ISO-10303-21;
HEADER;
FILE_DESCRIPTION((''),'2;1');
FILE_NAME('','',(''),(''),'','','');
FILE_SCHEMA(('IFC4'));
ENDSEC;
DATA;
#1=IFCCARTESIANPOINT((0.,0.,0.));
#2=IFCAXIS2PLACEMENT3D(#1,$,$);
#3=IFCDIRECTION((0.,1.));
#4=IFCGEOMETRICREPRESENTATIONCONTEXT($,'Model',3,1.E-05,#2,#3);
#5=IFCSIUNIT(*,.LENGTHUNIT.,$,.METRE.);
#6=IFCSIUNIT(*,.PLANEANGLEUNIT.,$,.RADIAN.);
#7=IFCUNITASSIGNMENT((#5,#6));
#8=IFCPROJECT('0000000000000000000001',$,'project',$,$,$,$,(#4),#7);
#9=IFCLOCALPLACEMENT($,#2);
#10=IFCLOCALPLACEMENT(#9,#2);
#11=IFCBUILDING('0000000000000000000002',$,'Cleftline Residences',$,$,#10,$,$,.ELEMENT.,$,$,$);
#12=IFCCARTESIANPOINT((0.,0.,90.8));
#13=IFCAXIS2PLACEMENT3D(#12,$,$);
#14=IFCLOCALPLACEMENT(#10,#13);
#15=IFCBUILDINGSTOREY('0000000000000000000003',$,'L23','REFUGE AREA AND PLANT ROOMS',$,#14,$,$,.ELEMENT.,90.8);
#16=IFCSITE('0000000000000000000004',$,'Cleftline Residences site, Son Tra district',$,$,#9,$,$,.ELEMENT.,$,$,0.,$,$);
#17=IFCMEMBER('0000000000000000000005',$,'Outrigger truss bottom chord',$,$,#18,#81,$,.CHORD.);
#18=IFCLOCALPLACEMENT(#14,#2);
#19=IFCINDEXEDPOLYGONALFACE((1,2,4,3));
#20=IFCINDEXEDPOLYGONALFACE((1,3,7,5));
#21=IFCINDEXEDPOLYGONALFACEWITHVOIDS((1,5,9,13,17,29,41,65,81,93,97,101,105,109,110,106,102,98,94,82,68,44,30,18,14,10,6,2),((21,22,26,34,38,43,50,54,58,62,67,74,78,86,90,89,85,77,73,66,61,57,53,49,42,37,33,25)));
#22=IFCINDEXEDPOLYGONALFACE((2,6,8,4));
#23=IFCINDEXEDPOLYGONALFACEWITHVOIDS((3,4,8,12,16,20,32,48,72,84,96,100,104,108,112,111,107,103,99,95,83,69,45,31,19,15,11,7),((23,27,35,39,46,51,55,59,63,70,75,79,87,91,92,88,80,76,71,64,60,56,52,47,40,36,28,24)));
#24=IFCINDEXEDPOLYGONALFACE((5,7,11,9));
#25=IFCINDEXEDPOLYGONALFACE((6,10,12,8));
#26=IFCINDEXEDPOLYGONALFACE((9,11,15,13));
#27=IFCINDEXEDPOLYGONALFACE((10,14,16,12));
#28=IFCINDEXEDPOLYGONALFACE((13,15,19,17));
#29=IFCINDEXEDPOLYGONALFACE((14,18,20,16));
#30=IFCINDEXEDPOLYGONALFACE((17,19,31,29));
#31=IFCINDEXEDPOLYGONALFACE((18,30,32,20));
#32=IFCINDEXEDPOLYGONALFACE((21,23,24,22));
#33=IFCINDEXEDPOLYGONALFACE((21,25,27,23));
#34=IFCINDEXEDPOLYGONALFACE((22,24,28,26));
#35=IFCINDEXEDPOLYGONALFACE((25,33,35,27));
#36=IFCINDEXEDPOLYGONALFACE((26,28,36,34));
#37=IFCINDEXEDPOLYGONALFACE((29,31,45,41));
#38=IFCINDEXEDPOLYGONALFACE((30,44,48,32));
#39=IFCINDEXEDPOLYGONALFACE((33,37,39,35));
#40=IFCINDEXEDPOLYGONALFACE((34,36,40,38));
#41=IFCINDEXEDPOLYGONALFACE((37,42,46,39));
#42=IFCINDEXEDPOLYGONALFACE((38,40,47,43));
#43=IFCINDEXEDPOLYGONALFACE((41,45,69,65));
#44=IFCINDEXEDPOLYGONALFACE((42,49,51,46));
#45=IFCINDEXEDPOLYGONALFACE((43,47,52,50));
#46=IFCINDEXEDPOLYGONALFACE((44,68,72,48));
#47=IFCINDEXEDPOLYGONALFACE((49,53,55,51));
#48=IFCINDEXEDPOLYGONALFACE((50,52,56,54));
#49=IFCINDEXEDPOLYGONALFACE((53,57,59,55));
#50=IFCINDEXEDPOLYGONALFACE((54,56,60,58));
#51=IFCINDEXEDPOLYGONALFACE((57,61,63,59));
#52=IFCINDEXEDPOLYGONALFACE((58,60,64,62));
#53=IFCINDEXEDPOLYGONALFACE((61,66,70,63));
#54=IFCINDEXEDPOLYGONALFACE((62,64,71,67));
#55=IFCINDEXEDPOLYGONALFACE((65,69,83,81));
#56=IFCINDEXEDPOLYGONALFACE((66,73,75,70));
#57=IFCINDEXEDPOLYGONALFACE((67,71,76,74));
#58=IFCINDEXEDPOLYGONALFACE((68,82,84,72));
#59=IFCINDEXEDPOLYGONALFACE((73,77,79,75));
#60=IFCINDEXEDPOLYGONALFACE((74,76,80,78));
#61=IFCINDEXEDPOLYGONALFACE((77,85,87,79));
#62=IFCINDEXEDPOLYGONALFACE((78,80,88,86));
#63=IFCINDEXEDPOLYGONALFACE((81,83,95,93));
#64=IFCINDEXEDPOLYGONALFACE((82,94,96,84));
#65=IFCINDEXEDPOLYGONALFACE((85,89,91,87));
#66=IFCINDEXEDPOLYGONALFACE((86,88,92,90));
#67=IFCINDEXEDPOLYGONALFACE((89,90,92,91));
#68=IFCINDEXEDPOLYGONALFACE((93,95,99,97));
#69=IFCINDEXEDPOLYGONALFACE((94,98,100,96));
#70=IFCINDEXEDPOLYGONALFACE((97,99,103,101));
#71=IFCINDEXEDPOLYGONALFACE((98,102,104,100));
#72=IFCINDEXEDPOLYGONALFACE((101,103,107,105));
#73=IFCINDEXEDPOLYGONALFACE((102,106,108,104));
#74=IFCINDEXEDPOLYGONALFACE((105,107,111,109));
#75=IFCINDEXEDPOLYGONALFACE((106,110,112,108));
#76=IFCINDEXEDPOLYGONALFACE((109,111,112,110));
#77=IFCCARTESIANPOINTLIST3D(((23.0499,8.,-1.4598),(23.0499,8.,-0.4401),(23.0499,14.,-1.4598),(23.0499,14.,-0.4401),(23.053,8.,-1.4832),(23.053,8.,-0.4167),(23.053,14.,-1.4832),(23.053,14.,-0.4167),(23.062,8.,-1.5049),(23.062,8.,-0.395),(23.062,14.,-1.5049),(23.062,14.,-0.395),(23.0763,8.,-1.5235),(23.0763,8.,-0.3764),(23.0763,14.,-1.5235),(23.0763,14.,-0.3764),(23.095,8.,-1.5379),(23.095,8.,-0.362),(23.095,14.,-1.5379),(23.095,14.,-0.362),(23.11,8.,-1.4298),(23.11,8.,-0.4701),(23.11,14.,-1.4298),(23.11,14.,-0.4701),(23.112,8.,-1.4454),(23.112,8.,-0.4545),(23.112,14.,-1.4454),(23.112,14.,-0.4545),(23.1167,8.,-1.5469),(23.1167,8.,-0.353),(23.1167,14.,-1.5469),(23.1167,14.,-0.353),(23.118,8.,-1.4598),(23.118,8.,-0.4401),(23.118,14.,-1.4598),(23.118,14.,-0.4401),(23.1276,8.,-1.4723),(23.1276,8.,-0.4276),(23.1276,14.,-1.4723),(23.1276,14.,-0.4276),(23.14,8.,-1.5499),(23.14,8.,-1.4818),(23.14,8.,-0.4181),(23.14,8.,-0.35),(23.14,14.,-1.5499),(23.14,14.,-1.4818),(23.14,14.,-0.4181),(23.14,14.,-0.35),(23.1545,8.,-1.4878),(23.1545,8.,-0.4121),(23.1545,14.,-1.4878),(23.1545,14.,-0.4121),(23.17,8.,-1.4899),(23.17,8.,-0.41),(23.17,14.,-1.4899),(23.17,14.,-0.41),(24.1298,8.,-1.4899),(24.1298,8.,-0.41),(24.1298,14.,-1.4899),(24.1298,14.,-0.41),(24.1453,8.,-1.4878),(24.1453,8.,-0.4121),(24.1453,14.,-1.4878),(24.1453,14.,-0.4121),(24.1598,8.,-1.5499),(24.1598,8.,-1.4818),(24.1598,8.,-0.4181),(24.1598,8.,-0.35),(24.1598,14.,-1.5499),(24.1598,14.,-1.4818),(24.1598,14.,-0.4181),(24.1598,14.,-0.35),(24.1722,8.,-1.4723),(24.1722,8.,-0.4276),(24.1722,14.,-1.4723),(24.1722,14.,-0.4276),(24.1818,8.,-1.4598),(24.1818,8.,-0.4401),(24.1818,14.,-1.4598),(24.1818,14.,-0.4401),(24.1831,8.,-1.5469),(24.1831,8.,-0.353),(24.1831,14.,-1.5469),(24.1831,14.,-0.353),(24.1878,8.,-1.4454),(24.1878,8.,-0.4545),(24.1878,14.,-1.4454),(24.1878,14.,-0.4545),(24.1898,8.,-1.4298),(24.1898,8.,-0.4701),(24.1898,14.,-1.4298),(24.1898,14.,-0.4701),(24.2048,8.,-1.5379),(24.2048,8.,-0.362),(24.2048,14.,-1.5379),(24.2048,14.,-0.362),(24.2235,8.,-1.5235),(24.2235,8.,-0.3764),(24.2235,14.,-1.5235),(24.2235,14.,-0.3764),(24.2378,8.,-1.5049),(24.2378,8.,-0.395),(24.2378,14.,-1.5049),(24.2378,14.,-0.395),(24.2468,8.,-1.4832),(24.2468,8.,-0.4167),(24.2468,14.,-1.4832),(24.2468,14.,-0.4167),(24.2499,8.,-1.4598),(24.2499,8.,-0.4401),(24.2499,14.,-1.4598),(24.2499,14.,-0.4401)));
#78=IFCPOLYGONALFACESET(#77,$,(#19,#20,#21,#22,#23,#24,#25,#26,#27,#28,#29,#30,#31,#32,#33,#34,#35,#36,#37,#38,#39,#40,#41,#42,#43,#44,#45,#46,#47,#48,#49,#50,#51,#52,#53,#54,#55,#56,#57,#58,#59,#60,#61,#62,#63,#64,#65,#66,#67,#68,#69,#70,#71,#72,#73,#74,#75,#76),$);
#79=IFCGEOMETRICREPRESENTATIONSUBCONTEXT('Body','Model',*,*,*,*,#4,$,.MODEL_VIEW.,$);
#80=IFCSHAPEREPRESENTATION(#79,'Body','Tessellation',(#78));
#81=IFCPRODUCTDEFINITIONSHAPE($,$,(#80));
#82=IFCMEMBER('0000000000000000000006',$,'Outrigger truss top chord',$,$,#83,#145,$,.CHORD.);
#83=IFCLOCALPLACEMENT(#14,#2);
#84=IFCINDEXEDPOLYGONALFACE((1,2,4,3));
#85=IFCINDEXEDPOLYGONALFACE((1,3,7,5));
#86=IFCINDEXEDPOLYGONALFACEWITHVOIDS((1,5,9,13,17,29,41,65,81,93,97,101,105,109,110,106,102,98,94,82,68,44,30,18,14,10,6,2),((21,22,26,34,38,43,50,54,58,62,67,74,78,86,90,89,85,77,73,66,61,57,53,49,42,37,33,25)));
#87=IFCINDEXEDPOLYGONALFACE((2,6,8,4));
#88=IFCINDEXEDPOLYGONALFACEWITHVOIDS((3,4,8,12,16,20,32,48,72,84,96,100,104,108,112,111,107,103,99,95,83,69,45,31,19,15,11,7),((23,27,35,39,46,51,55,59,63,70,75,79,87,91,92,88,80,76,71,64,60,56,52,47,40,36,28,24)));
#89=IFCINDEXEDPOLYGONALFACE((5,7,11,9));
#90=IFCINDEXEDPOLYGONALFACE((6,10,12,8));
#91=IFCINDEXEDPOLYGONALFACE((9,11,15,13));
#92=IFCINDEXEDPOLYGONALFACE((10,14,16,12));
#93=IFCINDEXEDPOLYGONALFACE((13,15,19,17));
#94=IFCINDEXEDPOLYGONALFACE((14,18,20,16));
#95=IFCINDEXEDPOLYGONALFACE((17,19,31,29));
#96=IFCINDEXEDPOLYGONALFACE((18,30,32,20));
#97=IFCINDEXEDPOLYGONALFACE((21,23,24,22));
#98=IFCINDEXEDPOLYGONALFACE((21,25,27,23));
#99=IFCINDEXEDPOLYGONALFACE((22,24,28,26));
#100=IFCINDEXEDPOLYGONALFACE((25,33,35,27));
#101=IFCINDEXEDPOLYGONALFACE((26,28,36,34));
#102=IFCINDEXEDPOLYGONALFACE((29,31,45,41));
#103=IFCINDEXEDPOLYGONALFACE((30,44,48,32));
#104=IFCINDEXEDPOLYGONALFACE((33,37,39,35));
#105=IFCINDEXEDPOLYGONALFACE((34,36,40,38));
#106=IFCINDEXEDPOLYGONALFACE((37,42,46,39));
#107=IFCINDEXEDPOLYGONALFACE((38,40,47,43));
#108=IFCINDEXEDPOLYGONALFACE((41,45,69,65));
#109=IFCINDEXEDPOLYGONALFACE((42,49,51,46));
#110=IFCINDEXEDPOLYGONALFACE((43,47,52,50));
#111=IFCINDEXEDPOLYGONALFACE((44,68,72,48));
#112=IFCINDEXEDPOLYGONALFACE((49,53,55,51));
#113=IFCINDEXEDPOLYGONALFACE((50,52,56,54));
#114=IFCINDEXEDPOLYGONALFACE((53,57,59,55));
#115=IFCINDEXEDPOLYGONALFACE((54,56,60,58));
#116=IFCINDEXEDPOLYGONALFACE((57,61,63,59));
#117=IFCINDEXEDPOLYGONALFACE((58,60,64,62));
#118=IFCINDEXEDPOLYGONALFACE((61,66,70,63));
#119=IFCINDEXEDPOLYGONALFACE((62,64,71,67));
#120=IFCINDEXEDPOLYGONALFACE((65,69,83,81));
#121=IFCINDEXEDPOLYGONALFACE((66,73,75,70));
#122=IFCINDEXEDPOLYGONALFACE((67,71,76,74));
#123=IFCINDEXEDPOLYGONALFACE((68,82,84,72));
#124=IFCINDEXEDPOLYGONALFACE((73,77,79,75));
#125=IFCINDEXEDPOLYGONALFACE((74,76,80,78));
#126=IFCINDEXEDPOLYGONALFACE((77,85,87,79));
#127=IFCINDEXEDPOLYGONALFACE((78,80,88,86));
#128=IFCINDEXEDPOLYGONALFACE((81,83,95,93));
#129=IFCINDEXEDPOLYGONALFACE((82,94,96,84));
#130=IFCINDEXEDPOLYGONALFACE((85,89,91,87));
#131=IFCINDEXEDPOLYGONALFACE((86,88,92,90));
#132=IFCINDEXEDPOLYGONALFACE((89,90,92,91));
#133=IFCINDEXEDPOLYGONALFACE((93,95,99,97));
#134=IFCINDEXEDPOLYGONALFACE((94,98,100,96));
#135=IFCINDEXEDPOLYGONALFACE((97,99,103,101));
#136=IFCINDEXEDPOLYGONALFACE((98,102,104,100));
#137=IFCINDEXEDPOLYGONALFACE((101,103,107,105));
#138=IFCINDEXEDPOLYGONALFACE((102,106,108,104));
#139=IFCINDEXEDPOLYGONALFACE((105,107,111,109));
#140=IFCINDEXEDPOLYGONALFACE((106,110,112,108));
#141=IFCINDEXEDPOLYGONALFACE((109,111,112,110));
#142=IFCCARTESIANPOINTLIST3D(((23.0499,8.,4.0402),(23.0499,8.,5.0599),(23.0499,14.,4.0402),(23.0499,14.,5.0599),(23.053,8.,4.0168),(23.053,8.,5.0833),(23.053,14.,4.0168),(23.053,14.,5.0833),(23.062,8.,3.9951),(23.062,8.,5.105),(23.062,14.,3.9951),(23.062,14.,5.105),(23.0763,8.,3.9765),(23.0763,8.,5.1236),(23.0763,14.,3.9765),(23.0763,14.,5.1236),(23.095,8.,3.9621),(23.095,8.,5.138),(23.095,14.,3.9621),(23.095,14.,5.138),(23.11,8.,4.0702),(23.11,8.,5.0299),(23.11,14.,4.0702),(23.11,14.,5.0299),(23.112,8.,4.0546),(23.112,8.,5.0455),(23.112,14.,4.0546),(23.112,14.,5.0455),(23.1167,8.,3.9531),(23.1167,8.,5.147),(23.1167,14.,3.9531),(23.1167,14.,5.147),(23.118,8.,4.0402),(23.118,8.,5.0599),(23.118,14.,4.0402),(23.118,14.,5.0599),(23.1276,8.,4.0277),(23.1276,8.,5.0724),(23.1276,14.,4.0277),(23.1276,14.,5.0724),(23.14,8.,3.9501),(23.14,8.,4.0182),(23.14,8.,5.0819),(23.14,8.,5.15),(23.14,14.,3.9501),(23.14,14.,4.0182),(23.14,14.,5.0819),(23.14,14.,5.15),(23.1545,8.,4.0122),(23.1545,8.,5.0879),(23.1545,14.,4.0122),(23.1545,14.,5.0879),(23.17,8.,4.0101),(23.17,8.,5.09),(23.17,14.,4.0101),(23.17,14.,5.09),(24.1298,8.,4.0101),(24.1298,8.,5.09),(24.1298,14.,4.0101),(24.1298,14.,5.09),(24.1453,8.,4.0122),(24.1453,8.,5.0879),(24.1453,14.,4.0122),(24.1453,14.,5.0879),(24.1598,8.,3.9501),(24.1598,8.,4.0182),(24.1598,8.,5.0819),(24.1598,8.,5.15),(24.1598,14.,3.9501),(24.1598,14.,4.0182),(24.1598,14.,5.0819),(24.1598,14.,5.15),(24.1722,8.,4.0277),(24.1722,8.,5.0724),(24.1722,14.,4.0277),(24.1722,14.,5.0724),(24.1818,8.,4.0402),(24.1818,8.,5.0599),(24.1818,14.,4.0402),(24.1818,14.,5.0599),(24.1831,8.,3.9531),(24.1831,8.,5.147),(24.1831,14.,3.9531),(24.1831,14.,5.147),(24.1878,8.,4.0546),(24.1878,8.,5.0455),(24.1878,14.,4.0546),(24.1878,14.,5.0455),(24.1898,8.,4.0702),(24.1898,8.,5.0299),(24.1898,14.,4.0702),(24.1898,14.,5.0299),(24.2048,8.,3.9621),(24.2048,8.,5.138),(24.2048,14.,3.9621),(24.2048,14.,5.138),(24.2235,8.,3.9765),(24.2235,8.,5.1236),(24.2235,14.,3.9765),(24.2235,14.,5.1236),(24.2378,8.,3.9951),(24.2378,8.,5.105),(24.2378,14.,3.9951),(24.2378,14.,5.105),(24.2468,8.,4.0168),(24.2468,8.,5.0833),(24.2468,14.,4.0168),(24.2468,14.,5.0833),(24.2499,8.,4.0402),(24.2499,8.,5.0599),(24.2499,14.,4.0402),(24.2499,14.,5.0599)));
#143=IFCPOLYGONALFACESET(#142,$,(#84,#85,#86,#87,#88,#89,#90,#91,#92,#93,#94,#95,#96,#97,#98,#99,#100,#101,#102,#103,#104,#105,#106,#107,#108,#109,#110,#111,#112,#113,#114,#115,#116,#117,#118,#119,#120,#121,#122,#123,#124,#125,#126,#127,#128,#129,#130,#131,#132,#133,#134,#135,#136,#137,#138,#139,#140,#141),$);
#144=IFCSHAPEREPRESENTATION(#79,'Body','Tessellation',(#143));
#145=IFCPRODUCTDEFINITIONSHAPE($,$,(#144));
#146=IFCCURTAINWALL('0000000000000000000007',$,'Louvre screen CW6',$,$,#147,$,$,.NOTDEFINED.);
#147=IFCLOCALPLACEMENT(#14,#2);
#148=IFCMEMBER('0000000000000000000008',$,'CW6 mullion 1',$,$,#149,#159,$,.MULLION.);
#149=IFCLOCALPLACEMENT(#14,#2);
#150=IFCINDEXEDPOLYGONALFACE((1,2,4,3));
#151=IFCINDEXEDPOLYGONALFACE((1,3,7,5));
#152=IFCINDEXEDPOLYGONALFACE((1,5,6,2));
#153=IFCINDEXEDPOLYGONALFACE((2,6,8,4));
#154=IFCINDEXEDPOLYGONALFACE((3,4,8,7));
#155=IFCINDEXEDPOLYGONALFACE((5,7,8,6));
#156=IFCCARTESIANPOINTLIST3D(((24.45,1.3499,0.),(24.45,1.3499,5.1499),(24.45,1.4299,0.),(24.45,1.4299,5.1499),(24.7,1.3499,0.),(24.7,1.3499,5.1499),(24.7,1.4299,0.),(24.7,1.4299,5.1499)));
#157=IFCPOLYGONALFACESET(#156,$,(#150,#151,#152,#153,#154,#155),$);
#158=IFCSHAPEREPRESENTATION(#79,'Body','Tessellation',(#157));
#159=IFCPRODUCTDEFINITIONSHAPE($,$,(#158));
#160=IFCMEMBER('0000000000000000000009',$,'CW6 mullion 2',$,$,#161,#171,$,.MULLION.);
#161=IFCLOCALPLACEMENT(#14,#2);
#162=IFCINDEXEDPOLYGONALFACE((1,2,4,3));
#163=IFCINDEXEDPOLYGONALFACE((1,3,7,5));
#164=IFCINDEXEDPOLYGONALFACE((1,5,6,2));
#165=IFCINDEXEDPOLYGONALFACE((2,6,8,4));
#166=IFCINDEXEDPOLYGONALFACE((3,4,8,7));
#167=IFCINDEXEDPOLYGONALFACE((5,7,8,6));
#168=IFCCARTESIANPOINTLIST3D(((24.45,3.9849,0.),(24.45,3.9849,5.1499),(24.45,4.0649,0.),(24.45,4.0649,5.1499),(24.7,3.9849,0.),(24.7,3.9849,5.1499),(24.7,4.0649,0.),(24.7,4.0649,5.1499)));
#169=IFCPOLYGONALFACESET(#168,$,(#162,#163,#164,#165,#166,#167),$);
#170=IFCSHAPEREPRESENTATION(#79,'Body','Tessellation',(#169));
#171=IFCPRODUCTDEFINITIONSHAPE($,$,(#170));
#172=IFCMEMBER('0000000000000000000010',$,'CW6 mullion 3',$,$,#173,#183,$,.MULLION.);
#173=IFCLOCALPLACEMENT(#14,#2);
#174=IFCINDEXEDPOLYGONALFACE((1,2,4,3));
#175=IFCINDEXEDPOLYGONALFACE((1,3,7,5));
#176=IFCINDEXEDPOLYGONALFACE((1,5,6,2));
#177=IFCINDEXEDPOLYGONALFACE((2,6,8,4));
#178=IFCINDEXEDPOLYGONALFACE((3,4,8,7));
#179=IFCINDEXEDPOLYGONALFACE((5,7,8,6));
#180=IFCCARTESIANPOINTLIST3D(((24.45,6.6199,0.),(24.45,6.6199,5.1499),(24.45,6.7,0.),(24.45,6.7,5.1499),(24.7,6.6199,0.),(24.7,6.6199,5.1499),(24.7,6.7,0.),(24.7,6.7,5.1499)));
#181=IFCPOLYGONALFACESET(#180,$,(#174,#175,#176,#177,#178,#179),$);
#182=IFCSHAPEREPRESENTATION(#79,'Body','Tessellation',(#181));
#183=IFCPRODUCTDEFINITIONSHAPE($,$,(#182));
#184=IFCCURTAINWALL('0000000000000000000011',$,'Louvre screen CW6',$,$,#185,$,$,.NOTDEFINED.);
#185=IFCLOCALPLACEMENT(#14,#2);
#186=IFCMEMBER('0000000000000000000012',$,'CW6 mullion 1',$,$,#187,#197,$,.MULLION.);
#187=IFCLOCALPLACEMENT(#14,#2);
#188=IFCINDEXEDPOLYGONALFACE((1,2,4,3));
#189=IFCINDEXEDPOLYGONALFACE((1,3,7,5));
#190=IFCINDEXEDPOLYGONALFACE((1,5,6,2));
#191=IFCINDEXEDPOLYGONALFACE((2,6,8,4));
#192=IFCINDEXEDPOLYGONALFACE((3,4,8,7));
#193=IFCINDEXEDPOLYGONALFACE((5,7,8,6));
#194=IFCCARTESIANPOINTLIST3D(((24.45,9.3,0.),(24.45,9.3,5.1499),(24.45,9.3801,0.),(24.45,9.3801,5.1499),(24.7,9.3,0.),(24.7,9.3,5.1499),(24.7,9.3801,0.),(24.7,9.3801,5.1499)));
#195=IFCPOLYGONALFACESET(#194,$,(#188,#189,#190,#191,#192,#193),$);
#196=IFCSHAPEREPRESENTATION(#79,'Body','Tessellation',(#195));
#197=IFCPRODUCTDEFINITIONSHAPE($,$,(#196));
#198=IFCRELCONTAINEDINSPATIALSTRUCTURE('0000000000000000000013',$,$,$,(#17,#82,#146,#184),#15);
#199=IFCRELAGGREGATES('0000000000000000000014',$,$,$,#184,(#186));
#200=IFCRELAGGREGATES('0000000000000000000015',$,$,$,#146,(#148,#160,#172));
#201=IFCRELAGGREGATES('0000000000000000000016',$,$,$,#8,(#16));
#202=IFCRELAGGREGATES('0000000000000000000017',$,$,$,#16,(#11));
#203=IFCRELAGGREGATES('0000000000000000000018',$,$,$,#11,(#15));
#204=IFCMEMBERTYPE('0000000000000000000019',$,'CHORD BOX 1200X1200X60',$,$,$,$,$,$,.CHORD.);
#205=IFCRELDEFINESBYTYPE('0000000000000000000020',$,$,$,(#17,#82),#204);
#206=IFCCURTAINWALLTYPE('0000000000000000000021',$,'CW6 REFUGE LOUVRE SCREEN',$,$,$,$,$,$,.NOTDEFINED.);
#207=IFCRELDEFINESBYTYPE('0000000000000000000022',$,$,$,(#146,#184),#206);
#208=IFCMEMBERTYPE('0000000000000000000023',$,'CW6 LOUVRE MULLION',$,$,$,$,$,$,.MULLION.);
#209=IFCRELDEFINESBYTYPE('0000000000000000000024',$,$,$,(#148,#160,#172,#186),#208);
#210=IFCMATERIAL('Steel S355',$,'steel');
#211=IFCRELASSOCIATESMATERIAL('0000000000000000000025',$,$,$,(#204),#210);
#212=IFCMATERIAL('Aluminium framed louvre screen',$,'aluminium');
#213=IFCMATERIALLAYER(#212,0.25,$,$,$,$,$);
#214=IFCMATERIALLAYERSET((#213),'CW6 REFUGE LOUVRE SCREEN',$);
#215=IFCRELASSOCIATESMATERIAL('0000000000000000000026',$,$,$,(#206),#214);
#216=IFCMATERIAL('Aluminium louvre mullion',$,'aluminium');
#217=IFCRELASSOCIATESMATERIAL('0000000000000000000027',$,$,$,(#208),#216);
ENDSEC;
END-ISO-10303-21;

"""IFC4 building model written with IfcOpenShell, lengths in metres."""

from ifc_helpers import new_model, si_unit, direction, frame, origin, origin_2d, place, context, subcontext, project, spatial, rectangle, hollow_rectangle, extrude, material, layer, layer_set, material_profile, profile_set, type_object, element, aggregate, save


model = new_model("IFC4")

# Units and contexts
model_context = context("Model", 3, precision=1e-05, world=origin(), true_north=direction((0.0, 1.0)))
body_context = subcontext(model_context, "Body", "Model", "MODEL_VIEW")
ifc_project = project(units=[si_unit("LENGTHUNIT", "METRE"), si_unit("PLANEANGLEUNIT", "RADIAN")], contexts=[model_context])

# Site, building, storey
site_placement = place(None, origin())
site = spatial("IfcSite", under=ifc_project, at=site_placement, Name="Cleftline Residences site, Son Tra district", CompositionType="ELEMENT", RefElevation=0.0)
building_placement = place(site_placement, origin())
building = spatial("IfcBuilding", under=site, at=building_placement, Name="Cleftline Residences", CompositionType="ELEMENT")
storey_placement = place(building_placement, frame((0.0, 0.0, 90.8)))
storey = spatial("IfcBuildingStorey", under=building, at=storey_placement, Name="L23", Description="REFUGE AREA AND PLANT ROOMS", CompositionType="ELEMENT", Elevation=90.8)

# Members
ifc_material_1 = material(Name="Steel S355", Category="steel")
ifc_material_profile_1 = material_profile(ifc_material_1, hollow_rectangle(XDim=1.2, YDim=1.2, WallThickness=0.0601, InnerFilletRadius=0.0601, OuterFilletRadius=0.0901, at=origin_2d()))
ifc_profile_set_1 = profile_set([ifc_material_profile_1], Name="Steel S355")
member_type_1 = type_object("IfcMemberType", Name="CHORD BOX 1200X1200X60", PredefinedType="CHORD", material=ifc_profile_set_1)
for number, where, z_axis, x_axis, name in (
    (1, (23.6499, 8.0, -0.95), (0.0, 1.0, 0.0), (-1.0, 0.0, 0.0), "Outrigger truss bottom chord"),
    (2, (23.6499, 8.0, 4.55), (0.0, 1.0, 0.0), (-1.0, 0.0, 0.0), "Outrigger truss top chord"),
):
    element("IfcMember", number, at=place(storey_placement, frame(where, z_axis=z_axis, x_axis=x_axis)), inside=storey, type_object=member_type_1, Name=name, PredefinedType="CHORD", context=body_context, shape_type="SweptSolid", body=[
        extrude(hollow_rectangle(XDim=1.2, YDim=1.2, WallThickness=0.0601, InnerFilletRadius=0.0601, OuterFilletRadius=0.0901, at=origin_2d()), origin(), (0.0, 0.0, 1.0), 6.0),
    ])

# Curtain wall, members
ifc_material_2 = material(Name="Aluminium framed louvre screen", Category="aluminium")
ifc_layer_1 = layer(ifc_material_2, 0.25)
ifc_layer_set_1 = layer_set([ifc_layer_1], Name="CW6 REFUGE LOUVRE SCREEN")
curtain_wall_type = type_object("IfcCurtainWallType", Name="CW6 REFUGE LOUVRE SCREEN", PredefinedType="NOTDEFINED", material=ifc_layer_set_1)
curtain_wall_1_placement = place(storey_placement, origin())
curtain_wall_1 = element("IfcCurtainWall", 3, at=curtain_wall_1_placement, inside=storey, type_object=curtain_wall_type, Name="Louvre screen CW6", PredefinedType="NOTDEFINED")
ifc_material_3 = material(Name="Aluminium louvre mullion", Category="aluminium")
ifc_material_profile_2 = material_profile(ifc_material_3, rectangle(XDim=0.25, YDim=0.0801, at=origin_2d()))
ifc_profile_set_2 = profile_set([ifc_material_profile_2], Name="Aluminium louvre mullion")
member_type_2 = type_object("IfcMemberType", Name="CW6 LOUVRE MULLION", PredefinedType="MULLION", material=ifc_profile_set_2)
member_1_placement = place(storey_placement, frame((24.575, 1.3899, 0.0), z_axis=(0.0, 0.0, 1.0), x_axis=(-1.0, 0.0, 0.0)))
member_1 = element("IfcMember", 4, at=member_1_placement, type_object=member_type_2, Name="CW6 mullion 1", PredefinedType="MULLION", context=body_context, shape_type="SweptSolid", body=[
    extrude(rectangle(XDim=0.25, YDim=0.0801, at=origin_2d()), origin(), (0.0, 0.0, 1.0), 5.1499),
])
member_2_placement = place(storey_placement, frame((24.575, 4.0249, 0.0), z_axis=(0.0, 0.0, 1.0), x_axis=(-1.0, 0.0, 0.0)))
member_2 = element("IfcMember", 5, at=member_2_placement, type_object=member_type_2, Name="CW6 mullion 2", PredefinedType="MULLION", context=body_context, shape_type="SweptSolid", body=[
    extrude(rectangle(XDim=0.25, YDim=0.0801, at=origin_2d()), origin(), (0.0, 0.0, 1.0), 5.1499),
])
member_3_placement = place(storey_placement, frame((24.575, 6.6599, 0.0), z_axis=(0.0, 0.0, 1.0), x_axis=(-1.0, 0.0, 0.0)))
member_3 = element("IfcMember", 6, at=member_3_placement, type_object=member_type_2, Name="CW6 mullion 3", PredefinedType="MULLION", context=body_context, shape_type="SweptSolid", body=[
    extrude(rectangle(XDim=0.25, YDim=0.0801, at=origin_2d()), origin(), (0.0, 0.0, 1.0), 5.1499),
])

# Curtain wall, member
curtain_wall_2_placement = place(storey_placement, origin())
curtain_wall_2 = element("IfcCurtainWall", 7, at=curtain_wall_2_placement, inside=storey, type_object=curtain_wall_type, Name="Louvre screen CW6", PredefinedType="NOTDEFINED")
member_4_placement = place(storey_placement, frame((24.575, 9.3401, 0.0), z_axis=(0.0, 0.0, 1.0), x_axis=(-1.0, 0.0, 0.0)))
member_4 = element("IfcMember", 8, at=member_4_placement, type_object=member_type_2, Name="CW6 mullion 1", PredefinedType="MULLION", context=body_context, shape_type="SweptSolid", body=[
    extrude(rectangle(XDim=0.25, YDim=0.0801, at=origin_2d()), origin(), (0.0, 0.0, 1.0), 5.1499),
])

aggregate(curtain_wall_2, [member_4])

aggregate(curtain_wall_1, [member_1, member_2, member_3])

save(model, "model.ifc")
